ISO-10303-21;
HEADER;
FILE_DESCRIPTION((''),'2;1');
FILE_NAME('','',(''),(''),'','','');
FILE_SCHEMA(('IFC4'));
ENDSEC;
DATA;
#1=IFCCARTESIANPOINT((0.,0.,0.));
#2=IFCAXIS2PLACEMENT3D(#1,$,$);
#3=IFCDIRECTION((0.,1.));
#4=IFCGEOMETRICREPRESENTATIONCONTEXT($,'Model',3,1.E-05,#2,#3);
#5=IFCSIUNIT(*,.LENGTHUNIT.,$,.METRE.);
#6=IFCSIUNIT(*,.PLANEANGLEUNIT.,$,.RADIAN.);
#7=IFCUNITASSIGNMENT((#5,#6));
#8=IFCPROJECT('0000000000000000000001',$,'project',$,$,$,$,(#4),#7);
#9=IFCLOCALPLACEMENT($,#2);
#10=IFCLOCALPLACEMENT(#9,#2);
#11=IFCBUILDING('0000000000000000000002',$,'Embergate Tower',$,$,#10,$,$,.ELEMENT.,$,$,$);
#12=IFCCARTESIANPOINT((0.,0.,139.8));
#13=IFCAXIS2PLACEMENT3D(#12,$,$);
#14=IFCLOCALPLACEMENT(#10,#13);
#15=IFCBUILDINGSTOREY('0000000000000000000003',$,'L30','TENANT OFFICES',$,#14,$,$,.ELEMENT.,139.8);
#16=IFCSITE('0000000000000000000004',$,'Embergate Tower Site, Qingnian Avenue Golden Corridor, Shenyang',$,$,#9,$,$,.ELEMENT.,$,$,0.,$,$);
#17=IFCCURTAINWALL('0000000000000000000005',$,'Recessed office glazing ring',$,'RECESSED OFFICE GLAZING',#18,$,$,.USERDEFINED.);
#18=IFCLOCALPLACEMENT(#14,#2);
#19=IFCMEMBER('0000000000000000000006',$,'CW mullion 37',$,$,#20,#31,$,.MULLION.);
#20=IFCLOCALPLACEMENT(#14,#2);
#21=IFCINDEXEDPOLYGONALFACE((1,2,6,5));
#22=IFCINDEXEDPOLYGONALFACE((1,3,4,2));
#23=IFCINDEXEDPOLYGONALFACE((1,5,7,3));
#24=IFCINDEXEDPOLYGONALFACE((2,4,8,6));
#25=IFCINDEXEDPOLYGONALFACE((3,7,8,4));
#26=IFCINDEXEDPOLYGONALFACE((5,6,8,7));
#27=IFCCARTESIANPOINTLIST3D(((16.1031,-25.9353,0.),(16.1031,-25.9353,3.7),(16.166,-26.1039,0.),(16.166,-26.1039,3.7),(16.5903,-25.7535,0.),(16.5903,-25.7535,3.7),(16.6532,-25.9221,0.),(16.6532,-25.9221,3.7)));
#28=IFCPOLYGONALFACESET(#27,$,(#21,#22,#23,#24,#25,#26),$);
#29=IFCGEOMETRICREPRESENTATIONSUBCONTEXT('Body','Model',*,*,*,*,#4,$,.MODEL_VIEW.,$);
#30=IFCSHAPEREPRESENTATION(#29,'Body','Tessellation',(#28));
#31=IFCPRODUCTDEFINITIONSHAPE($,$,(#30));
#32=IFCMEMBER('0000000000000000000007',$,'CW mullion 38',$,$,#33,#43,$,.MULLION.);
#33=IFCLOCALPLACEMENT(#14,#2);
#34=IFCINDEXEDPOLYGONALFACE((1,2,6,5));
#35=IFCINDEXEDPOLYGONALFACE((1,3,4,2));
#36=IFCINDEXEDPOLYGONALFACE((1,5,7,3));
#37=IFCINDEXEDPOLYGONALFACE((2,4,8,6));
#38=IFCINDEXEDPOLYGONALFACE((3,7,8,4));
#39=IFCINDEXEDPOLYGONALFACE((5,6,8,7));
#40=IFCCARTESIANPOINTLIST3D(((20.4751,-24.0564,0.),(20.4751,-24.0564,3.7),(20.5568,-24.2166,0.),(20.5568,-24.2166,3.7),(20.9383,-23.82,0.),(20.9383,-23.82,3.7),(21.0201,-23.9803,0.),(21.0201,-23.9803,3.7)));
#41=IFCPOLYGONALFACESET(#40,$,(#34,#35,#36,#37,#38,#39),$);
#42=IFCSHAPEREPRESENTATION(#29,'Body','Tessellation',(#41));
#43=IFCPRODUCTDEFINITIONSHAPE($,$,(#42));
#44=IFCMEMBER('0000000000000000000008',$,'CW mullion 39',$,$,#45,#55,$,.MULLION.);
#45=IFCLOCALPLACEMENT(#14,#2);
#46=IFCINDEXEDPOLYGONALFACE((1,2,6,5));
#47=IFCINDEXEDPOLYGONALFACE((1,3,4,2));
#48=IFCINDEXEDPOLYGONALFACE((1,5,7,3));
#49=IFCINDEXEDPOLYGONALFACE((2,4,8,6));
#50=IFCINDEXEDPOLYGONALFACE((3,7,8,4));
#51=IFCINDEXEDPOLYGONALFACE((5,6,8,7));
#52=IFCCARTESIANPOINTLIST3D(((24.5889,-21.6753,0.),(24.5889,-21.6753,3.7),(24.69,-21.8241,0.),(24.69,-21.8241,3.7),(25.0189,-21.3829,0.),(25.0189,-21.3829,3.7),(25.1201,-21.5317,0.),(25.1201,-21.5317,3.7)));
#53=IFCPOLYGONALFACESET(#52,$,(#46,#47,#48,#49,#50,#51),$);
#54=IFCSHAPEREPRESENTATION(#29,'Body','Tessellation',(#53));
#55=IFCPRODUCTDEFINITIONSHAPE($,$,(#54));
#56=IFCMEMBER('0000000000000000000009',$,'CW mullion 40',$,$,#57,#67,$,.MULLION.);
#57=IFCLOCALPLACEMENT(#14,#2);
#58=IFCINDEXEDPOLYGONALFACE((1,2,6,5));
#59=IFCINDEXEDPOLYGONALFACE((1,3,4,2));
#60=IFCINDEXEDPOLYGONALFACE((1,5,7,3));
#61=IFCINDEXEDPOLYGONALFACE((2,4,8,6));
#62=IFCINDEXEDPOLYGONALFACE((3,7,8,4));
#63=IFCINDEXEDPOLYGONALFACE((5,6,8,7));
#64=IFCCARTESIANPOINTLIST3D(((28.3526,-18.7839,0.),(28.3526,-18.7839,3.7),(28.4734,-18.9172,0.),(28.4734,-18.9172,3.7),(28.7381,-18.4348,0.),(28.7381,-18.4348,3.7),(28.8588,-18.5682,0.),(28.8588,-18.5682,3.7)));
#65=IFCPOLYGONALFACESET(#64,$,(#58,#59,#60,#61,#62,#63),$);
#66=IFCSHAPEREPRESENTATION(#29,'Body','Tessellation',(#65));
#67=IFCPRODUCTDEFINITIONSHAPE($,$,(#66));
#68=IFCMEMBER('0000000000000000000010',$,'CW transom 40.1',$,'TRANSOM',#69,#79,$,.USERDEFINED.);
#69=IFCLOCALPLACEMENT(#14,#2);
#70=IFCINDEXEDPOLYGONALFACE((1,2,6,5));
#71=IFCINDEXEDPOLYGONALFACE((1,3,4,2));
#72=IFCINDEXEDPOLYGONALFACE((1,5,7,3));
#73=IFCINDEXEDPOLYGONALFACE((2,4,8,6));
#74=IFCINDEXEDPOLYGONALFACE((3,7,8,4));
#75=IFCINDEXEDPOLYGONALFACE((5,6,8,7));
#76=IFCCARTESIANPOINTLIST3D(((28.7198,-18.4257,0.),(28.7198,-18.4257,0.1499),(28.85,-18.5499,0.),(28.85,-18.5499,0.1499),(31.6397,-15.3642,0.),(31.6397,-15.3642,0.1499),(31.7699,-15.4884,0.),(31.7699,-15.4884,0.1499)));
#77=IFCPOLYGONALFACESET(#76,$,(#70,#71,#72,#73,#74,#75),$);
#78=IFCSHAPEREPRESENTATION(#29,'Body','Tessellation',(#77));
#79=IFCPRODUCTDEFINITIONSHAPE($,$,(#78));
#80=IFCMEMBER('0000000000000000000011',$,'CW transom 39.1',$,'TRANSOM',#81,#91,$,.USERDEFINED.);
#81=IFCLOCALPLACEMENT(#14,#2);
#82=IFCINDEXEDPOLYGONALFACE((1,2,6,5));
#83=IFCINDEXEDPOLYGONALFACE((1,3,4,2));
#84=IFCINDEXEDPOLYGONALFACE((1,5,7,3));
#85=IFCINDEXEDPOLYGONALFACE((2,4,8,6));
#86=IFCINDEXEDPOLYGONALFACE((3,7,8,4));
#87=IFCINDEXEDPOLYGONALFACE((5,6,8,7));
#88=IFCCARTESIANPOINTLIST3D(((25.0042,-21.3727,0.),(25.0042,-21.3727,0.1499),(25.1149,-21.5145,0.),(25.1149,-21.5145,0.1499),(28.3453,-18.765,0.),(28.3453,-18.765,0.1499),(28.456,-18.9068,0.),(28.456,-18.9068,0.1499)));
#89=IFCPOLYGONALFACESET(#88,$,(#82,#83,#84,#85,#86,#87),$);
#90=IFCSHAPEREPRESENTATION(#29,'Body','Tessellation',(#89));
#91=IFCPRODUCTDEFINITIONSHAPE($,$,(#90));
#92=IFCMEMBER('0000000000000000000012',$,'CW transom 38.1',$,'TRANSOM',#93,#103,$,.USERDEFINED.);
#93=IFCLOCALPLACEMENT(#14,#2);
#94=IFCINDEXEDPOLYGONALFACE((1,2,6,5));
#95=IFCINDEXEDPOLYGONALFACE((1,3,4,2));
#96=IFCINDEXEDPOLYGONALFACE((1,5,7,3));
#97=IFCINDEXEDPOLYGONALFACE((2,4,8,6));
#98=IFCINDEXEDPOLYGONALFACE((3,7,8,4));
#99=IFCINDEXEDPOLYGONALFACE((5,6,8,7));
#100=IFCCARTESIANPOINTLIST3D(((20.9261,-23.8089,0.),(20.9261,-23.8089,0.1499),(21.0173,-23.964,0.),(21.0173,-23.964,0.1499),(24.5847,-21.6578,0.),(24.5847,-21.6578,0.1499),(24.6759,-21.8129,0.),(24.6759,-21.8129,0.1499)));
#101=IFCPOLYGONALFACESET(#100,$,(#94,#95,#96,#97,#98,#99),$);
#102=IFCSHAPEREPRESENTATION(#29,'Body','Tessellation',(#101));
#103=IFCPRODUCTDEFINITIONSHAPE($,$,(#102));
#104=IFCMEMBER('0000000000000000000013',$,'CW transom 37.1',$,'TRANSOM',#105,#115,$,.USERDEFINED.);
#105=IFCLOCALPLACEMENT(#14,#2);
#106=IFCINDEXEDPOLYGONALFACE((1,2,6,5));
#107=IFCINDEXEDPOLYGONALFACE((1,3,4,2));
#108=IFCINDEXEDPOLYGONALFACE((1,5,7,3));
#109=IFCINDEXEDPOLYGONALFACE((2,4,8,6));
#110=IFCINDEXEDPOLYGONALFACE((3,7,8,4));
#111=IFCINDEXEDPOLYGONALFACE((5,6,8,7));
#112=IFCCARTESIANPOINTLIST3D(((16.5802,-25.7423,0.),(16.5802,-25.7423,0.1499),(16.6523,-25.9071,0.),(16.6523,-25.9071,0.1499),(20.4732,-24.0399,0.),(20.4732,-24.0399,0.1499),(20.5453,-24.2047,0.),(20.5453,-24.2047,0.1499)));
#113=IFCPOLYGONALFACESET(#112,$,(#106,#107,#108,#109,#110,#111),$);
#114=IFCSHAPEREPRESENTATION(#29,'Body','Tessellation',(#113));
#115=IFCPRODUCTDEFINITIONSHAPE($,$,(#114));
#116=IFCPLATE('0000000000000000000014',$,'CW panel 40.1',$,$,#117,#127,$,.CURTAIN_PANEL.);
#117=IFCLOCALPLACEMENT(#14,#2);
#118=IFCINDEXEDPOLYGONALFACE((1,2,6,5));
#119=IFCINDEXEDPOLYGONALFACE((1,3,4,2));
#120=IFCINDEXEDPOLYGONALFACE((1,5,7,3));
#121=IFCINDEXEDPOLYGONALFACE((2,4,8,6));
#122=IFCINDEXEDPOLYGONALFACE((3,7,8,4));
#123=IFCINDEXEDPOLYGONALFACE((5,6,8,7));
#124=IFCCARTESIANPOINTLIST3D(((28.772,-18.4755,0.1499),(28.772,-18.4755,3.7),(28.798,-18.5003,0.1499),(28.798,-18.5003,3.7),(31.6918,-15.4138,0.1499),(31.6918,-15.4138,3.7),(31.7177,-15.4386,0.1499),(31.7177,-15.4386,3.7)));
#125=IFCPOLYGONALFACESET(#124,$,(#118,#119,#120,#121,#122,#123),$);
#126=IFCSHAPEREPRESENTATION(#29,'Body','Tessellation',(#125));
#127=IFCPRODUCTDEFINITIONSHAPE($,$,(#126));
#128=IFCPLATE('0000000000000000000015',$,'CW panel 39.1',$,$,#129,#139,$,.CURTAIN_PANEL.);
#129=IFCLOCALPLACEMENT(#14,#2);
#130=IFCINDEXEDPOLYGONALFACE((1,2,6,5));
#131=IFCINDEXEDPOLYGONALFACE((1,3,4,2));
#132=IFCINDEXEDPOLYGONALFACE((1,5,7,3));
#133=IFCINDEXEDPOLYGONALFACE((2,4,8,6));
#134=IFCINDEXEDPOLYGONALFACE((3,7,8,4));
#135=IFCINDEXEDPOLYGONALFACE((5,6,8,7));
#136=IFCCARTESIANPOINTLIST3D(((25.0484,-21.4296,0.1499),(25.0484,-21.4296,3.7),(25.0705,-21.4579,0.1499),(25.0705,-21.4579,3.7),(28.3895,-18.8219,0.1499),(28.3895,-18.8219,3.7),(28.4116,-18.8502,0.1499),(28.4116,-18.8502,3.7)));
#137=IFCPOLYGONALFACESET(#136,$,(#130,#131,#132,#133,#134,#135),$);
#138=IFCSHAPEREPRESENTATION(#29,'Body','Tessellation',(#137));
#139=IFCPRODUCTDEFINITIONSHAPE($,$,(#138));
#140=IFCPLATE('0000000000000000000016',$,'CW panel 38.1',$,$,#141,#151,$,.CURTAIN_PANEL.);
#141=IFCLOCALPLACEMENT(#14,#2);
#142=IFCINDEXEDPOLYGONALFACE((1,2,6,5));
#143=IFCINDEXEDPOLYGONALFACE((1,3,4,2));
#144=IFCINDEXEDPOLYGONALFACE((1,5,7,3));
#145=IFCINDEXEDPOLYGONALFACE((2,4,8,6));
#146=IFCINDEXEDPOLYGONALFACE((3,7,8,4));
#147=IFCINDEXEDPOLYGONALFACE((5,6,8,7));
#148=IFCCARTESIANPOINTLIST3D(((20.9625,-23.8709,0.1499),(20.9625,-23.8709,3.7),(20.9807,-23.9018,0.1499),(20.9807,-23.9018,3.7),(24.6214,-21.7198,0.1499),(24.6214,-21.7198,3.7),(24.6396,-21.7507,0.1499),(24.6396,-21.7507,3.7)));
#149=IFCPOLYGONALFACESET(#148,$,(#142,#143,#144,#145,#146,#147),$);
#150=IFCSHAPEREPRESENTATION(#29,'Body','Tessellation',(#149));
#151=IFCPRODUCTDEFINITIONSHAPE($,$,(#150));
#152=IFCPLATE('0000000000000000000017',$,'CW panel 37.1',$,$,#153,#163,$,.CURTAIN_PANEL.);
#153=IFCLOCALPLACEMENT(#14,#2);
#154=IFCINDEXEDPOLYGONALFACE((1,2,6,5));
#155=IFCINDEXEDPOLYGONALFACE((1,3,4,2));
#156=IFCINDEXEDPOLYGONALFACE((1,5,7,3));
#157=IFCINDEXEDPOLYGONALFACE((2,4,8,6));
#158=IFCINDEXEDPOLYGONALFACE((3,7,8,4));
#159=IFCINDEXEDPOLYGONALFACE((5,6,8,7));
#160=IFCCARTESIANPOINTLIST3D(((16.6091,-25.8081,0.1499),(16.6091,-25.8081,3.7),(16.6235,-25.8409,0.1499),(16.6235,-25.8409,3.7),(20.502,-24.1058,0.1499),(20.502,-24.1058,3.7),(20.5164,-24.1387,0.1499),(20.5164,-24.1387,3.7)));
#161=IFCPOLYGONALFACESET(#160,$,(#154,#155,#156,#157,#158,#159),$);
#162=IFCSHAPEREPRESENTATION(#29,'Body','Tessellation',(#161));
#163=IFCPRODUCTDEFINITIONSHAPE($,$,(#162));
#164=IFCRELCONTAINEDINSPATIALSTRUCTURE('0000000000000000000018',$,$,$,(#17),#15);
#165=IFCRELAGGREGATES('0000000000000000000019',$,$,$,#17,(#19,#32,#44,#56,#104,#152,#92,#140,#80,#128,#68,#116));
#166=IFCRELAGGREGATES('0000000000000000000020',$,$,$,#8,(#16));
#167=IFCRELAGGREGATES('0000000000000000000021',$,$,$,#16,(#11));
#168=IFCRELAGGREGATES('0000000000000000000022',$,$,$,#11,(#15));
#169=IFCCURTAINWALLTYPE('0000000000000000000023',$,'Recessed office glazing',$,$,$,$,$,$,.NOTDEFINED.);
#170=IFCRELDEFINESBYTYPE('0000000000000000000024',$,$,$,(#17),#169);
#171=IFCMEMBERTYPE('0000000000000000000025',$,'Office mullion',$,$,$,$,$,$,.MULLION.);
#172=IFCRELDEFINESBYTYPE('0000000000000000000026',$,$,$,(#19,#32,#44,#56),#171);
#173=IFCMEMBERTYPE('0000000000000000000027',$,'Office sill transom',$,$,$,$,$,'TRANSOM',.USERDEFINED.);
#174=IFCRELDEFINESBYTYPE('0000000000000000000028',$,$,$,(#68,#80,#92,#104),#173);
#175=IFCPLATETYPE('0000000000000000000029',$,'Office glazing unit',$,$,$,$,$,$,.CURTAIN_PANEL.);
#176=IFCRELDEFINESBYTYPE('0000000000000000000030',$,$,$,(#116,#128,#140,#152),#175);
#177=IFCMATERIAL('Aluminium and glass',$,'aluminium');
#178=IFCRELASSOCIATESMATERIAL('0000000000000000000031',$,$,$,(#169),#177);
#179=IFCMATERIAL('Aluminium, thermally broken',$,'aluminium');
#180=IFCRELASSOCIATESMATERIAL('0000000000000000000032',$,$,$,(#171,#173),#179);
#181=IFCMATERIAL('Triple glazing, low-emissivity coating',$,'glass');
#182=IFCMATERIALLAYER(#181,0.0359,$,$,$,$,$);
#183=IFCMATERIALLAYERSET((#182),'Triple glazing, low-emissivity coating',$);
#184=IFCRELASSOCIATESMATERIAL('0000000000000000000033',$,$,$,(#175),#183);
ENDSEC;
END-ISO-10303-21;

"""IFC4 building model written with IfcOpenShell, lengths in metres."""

from ifc_helpers import new_model, si_unit, direction, frame, origin, origin_2d, place, context, subcontext, project, spatial, rectangle, extrude, source, transform, mapped, material, layer, layer_set, material_profile, profile_set, type_object, element, aggregate, save


model = new_model("IFC4")

# Units and contexts
model_context = context("Model", 3, precision=1e-05, world=origin(), true_north=direction((0.0, 1.0)))
body_context = subcontext(model_context, "Body", "Model", "MODEL_VIEW")
ifc_project = project(units=[si_unit("LENGTHUNIT", "METRE"), si_unit("PLANEANGLEUNIT", "RADIAN")], contexts=[model_context])

# Site, building, storey
site_placement = place(None, origin())
site = spatial("IfcSite", under=ifc_project, at=site_placement, Name="Embergate Tower Site, Qingnian Avenue Golden Corridor, Shenyang", CompositionType="ELEMENT", RefElevation=0.0)
building_placement = place(site_placement, origin())
building = spatial("IfcBuilding", under=site, at=building_placement, Name="Embergate Tower", CompositionType="ELEMENT")
storey_placement = place(building_placement, frame((0.0, 0.0, 139.8)))
storey = spatial("IfcBuildingStorey", under=building, at=storey_placement, Name="L30", Description="TENANT OFFICES", CompositionType="ELEMENT", Elevation=139.8)

# Curtain wall, members, plates
ifc_material_1 = material(Name="Aluminium and glass", Category="aluminium")
curtain_wall_type = type_object("IfcCurtainWallType", Name="Recessed office glazing", PredefinedType="NOTDEFINED", material=ifc_material_1)
curtain_wall_placement = place(storey_placement, origin())
curtain_wall = element("IfcCurtainWall", 1, at=curtain_wall_placement, inside=storey, type_object=curtain_wall_type, Name="Recessed office glazing ring", ObjectType="RECESSED OFFICE GLAZING", PredefinedType="USERDEFINED")
ifc_material_2 = material(Name="Aluminium, thermally broken", Category="aluminium")
ifc_material_profile_1 = material_profile(ifc_material_2, rectangle(XDim=0.1799, YDim=0.52, at=origin_2d()), Name="AL 520x180")
ifc_profile_set_1 = profile_set([ifc_material_profile_1], Name="Aluminium, thermally broken")
member_type_1 = type_object("IfcMemberType", Name="Office mullion", PredefinedType="MULLION", material=ifc_profile_set_1)
shared_shape_1 = source(origin(), body_context, "Body", "SweptSolid", [
    extrude(rectangle(XDim=0.1799, YDim=0.52, at=origin_2d()), origin(), (0.0, 0.0, 1.0), 3.7),
])
member_1_placement = place(storey_placement, frame((16.3782, -25.9287, 0.0), z_axis=(0.0, 0.0, 1.0), x_axis=(-0.349501, 0.936936, 0.0)))
member_1 = element("IfcMember", 2, at=member_1_placement, type_object=member_type_1, Name="CW mullion 37", PredefinedType="MULLION", context=body_context, shape_type="MappedRepresentation", body=[
    mapped(shared_shape_1, transform((0.0, 0.0, 0.0))),
])
member_2_placement = place(storey_placement, frame((20.7476, -24.0183, 0.0), z_axis=(0.0, 0.0, 1.0), x_axis=(-0.454508, 0.890743, 0.0)))
member_2 = element("IfcMember", 3, at=member_2_placement, type_object=member_type_1, Name="CW mullion 38", PredefinedType="MULLION", context=body_context, shape_type="MappedRepresentation", body=[
    mapped(shared_shape_1, transform((0.0, 0.0, 0.0))),
])
member_3_placement = place(storey_placement, frame((24.8545, -21.6035, 0.0), z_axis=(0.0, 0.0, 1.0), x_axis=(-0.562215, 0.826991, 0.0)))
member_3 = element("IfcMember", 4, at=member_3_placement, type_object=member_type_1, Name="CW mullion 39", PredefinedType="MULLION", context=body_context, shape_type="MappedRepresentation", body=[
    mapped(shared_shape_1, transform((0.0, 0.0, 0.0))),
])
member_4_placement = place(storey_placement, frame((28.6057, -18.676, 0.0), z_axis=(0.0, 0.0, 1.0), x_axis=(-0.671225, 0.741253, 0.0)))
member_4 = element("IfcMember", 5, at=member_4_placement, type_object=member_type_1, Name="CW mullion 40", PredefinedType="MULLION", context=body_context, shape_type="MappedRepresentation", body=[
    mapped(shared_shape_1, transform((0.0, 0.0, 0.0))),
])
ifc_material_profile_2 = material_profile(ifc_material_2, rectangle(XDim=0.1799, YDim=0.1499, at=origin_2d()), Name="AL 150x180")
ifc_profile_set_2 = profile_set([ifc_material_profile_2], Name="Aluminium, thermally broken")
member_type_2 = type_object("IfcMemberType", Name="Office sill transom", ElementType="TRANSOM", PredefinedType="USERDEFINED", material=ifc_profile_set_2)
shared_shape_2 = source(origin(), body_context, "Body", "SweptSolid", [
    extrude(rectangle(XDim=0.1799, YDim=0.1499, at=origin_2d()), origin(), (0.0, 0.0, 1.0), 4.2307),
])
member_5_placement = place(storey_placement, frame((28.7849, -18.4878, 0.075), z_axis=(0.690174, 0.723644, 0.0), x_axis=(-0.723644, 0.690174, 0.0)))
member_5 = element("IfcMember", 6, at=member_5_placement, type_object=member_type_2, Name="CW transom 40.1", ObjectType="TRANSOM", PredefinedType="USERDEFINED", context=body_context, shape_type="MappedRepresentation", body=[
    mapped(shared_shape_2, transform((0.0, 0.0, 0.0))),
])
shared_shape_3 = source(origin(), body_context, "Body", "SweptSolid", [
    extrude(rectangle(XDim=0.1799, YDim=0.1499, at=origin_2d()), origin(), (0.0, 0.0, 1.0), 4.2383),
])
member_6_placement = place(storey_placement, frame((25.0596, -21.4436, 0.075), z_axis=(0.788315, 0.615272, 0.0), x_axis=(-0.615272, 0.788315, 0.0)))
member_6 = element("IfcMember", 7, at=member_6_placement, type_object=member_type_2, Name="CW transom 39.1", ObjectType="TRANSOM", PredefinedType="USERDEFINED", context=body_context, shape_type="MappedRepresentation", body=[
    mapped(shared_shape_3, transform((0.0, 0.0, 0.0))),
])
shared_shape_4 = source(origin(), body_context, "Body", "SweptSolid", [
    extrude(rectangle(XDim=0.1799, YDim=0.1499, at=origin_2d()), origin(), (0.0, 0.0, 1.0), 4.2441),
])
member_7_placement = place(storey_placement, frame((20.9717, -23.8865, 0.075), z_axis=(0.862042, 0.506837, 0.0), x_axis=(-0.506837, 0.862042, 0.0)))
member_7 = element("IfcMember", 8, at=member_7_placement, type_object=member_type_2, Name="CW transom 38.1", ObjectType="TRANSOM", PredefinedType="USERDEFINED", context=body_context, shape_type="MappedRepresentation", body=[
    mapped(shared_shape_4, transform((0.0, 0.0, 0.0))),
])
shared_shape_5 = source(origin(), body_context, "Body", "SweptSolid", [
    extrude(rectangle(XDim=0.1799, YDim=0.1499, at=origin_2d()), origin(), (0.0, 0.0, 1.0), 4.249),
])
member_8_placement = place(storey_placement, frame((16.6162, -25.8247, 0.075), z_axis=(0.916229, 0.400656, 0.0), x_axis=(-0.400656, 0.916229, 0.0)))
member_8 = element("IfcMember", 9, at=member_8_placement, type_object=member_type_2, Name="CW transom 37.1", ObjectType="TRANSOM", PredefinedType="USERDEFINED", context=body_context, shape_type="MappedRepresentation", body=[
    mapped(shared_shape_5, transform((0.0, 0.0, 0.0))),
])
ifc_material_3 = material(Name="Triple glazing, low-emissivity coating", Category="glass")
ifc_layer = layer(ifc_material_3, 0.0359)
ifc_layer_set = layer_set([ifc_layer], Name="Triple glazing, low-emissivity coating")
plate_type = type_object("IfcPlateType", Name="Office glazing unit", PredefinedType="CURTAIN_PANEL", material=ifc_layer_set)
shared_shape_6 = source(origin(), body_context, "Body", "SweptSolid", [
    extrude(rectangle(XDim=4.2307, YDim=0.0359, at=origin_2d()), origin(), (0.0, 0.0, 1.0), 3.55),
])
plate_1_placement = place(storey_placement, frame((30.2449, -16.957, 0.1499), z_axis=(0.0, 0.0, 1.0), x_axis=(0.690138, 0.723678, 0.0)))
plate_1 = element("IfcPlate", 10, at=plate_1_placement, type_object=plate_type, Name="CW panel 40.1", PredefinedType="CURTAIN_PANEL", context=body_context, shape_type="MappedRepresentation", body=[
    mapped(shared_shape_6, transform((0.0, 0.0, 0.0))),
])
shared_shape_7 = source(origin(), body_context, "Body", "SweptSolid", [
    extrude(rectangle(XDim=4.2383, YDim=0.0359, at=origin_2d()), origin(), (0.0, 0.0, 1.0), 3.55),
])
plate_2_placement = place(storey_placement, frame((26.73, -20.1399, 0.1499), z_axis=(0.0, 0.0, 1.0), x_axis=(0.788322, 0.615263, 0.0)))
plate_2 = element("IfcPlate", 11, at=plate_2_placement, type_object=plate_type, Name="CW panel 39.1", PredefinedType="CURTAIN_PANEL", context=body_context, shape_type="MappedRepresentation", body=[
    mapped(shared_shape_7, transform((0.0, 0.0, 0.0))),
])
shared_shape_8 = source(origin(), body_context, "Body", "SweptSolid", [
    extrude(rectangle(XDim=4.2444, YDim=0.0359, at=origin_2d()), origin(), (0.0, 0.0, 1.0), 3.55),
])
plate_3_placement = place(storey_placement, frame((22.801, -22.8108, 0.1499), z_axis=(0.0, 0.0, 1.0), x_axis=(0.862055, 0.506815, 0.0)))
plate_3 = element("IfcPlate", 12, at=plate_3_placement, type_object=plate_type, Name="CW panel 38.1", PredefinedType="CURTAIN_PANEL", context=body_context, shape_type="MappedRepresentation", body=[
    mapped(shared_shape_8, transform((0.0, 0.0, 0.0))),
])
shared_shape_9 = source(origin(), body_context, "Body", "SweptSolid", [
    extrude(rectangle(XDim=4.2488, YDim=0.0359, at=origin_2d()), origin(), (0.0, 0.0, 1.0), 3.55),
])
plate_4_placement = place(storey_placement, frame((18.5627, -24.9734, 0.1499), z_axis=(0.0, 0.0, 1.0), x_axis=(0.916237, 0.400637, 0.0)))
plate_4 = element("IfcPlate", 13, at=plate_4_placement, type_object=plate_type, Name="CW panel 37.1", PredefinedType="CURTAIN_PANEL", context=body_context, shape_type="MappedRepresentation", body=[
    mapped(shared_shape_9, transform((0.0, 0.0, 0.0))),
])
aggregate(curtain_wall, [member_1, member_2, member_3, member_4, member_8, plate_4, member_7, plate_3, member_6, plate_2, member_5, plate_1])

save(model, "model.ifc")
